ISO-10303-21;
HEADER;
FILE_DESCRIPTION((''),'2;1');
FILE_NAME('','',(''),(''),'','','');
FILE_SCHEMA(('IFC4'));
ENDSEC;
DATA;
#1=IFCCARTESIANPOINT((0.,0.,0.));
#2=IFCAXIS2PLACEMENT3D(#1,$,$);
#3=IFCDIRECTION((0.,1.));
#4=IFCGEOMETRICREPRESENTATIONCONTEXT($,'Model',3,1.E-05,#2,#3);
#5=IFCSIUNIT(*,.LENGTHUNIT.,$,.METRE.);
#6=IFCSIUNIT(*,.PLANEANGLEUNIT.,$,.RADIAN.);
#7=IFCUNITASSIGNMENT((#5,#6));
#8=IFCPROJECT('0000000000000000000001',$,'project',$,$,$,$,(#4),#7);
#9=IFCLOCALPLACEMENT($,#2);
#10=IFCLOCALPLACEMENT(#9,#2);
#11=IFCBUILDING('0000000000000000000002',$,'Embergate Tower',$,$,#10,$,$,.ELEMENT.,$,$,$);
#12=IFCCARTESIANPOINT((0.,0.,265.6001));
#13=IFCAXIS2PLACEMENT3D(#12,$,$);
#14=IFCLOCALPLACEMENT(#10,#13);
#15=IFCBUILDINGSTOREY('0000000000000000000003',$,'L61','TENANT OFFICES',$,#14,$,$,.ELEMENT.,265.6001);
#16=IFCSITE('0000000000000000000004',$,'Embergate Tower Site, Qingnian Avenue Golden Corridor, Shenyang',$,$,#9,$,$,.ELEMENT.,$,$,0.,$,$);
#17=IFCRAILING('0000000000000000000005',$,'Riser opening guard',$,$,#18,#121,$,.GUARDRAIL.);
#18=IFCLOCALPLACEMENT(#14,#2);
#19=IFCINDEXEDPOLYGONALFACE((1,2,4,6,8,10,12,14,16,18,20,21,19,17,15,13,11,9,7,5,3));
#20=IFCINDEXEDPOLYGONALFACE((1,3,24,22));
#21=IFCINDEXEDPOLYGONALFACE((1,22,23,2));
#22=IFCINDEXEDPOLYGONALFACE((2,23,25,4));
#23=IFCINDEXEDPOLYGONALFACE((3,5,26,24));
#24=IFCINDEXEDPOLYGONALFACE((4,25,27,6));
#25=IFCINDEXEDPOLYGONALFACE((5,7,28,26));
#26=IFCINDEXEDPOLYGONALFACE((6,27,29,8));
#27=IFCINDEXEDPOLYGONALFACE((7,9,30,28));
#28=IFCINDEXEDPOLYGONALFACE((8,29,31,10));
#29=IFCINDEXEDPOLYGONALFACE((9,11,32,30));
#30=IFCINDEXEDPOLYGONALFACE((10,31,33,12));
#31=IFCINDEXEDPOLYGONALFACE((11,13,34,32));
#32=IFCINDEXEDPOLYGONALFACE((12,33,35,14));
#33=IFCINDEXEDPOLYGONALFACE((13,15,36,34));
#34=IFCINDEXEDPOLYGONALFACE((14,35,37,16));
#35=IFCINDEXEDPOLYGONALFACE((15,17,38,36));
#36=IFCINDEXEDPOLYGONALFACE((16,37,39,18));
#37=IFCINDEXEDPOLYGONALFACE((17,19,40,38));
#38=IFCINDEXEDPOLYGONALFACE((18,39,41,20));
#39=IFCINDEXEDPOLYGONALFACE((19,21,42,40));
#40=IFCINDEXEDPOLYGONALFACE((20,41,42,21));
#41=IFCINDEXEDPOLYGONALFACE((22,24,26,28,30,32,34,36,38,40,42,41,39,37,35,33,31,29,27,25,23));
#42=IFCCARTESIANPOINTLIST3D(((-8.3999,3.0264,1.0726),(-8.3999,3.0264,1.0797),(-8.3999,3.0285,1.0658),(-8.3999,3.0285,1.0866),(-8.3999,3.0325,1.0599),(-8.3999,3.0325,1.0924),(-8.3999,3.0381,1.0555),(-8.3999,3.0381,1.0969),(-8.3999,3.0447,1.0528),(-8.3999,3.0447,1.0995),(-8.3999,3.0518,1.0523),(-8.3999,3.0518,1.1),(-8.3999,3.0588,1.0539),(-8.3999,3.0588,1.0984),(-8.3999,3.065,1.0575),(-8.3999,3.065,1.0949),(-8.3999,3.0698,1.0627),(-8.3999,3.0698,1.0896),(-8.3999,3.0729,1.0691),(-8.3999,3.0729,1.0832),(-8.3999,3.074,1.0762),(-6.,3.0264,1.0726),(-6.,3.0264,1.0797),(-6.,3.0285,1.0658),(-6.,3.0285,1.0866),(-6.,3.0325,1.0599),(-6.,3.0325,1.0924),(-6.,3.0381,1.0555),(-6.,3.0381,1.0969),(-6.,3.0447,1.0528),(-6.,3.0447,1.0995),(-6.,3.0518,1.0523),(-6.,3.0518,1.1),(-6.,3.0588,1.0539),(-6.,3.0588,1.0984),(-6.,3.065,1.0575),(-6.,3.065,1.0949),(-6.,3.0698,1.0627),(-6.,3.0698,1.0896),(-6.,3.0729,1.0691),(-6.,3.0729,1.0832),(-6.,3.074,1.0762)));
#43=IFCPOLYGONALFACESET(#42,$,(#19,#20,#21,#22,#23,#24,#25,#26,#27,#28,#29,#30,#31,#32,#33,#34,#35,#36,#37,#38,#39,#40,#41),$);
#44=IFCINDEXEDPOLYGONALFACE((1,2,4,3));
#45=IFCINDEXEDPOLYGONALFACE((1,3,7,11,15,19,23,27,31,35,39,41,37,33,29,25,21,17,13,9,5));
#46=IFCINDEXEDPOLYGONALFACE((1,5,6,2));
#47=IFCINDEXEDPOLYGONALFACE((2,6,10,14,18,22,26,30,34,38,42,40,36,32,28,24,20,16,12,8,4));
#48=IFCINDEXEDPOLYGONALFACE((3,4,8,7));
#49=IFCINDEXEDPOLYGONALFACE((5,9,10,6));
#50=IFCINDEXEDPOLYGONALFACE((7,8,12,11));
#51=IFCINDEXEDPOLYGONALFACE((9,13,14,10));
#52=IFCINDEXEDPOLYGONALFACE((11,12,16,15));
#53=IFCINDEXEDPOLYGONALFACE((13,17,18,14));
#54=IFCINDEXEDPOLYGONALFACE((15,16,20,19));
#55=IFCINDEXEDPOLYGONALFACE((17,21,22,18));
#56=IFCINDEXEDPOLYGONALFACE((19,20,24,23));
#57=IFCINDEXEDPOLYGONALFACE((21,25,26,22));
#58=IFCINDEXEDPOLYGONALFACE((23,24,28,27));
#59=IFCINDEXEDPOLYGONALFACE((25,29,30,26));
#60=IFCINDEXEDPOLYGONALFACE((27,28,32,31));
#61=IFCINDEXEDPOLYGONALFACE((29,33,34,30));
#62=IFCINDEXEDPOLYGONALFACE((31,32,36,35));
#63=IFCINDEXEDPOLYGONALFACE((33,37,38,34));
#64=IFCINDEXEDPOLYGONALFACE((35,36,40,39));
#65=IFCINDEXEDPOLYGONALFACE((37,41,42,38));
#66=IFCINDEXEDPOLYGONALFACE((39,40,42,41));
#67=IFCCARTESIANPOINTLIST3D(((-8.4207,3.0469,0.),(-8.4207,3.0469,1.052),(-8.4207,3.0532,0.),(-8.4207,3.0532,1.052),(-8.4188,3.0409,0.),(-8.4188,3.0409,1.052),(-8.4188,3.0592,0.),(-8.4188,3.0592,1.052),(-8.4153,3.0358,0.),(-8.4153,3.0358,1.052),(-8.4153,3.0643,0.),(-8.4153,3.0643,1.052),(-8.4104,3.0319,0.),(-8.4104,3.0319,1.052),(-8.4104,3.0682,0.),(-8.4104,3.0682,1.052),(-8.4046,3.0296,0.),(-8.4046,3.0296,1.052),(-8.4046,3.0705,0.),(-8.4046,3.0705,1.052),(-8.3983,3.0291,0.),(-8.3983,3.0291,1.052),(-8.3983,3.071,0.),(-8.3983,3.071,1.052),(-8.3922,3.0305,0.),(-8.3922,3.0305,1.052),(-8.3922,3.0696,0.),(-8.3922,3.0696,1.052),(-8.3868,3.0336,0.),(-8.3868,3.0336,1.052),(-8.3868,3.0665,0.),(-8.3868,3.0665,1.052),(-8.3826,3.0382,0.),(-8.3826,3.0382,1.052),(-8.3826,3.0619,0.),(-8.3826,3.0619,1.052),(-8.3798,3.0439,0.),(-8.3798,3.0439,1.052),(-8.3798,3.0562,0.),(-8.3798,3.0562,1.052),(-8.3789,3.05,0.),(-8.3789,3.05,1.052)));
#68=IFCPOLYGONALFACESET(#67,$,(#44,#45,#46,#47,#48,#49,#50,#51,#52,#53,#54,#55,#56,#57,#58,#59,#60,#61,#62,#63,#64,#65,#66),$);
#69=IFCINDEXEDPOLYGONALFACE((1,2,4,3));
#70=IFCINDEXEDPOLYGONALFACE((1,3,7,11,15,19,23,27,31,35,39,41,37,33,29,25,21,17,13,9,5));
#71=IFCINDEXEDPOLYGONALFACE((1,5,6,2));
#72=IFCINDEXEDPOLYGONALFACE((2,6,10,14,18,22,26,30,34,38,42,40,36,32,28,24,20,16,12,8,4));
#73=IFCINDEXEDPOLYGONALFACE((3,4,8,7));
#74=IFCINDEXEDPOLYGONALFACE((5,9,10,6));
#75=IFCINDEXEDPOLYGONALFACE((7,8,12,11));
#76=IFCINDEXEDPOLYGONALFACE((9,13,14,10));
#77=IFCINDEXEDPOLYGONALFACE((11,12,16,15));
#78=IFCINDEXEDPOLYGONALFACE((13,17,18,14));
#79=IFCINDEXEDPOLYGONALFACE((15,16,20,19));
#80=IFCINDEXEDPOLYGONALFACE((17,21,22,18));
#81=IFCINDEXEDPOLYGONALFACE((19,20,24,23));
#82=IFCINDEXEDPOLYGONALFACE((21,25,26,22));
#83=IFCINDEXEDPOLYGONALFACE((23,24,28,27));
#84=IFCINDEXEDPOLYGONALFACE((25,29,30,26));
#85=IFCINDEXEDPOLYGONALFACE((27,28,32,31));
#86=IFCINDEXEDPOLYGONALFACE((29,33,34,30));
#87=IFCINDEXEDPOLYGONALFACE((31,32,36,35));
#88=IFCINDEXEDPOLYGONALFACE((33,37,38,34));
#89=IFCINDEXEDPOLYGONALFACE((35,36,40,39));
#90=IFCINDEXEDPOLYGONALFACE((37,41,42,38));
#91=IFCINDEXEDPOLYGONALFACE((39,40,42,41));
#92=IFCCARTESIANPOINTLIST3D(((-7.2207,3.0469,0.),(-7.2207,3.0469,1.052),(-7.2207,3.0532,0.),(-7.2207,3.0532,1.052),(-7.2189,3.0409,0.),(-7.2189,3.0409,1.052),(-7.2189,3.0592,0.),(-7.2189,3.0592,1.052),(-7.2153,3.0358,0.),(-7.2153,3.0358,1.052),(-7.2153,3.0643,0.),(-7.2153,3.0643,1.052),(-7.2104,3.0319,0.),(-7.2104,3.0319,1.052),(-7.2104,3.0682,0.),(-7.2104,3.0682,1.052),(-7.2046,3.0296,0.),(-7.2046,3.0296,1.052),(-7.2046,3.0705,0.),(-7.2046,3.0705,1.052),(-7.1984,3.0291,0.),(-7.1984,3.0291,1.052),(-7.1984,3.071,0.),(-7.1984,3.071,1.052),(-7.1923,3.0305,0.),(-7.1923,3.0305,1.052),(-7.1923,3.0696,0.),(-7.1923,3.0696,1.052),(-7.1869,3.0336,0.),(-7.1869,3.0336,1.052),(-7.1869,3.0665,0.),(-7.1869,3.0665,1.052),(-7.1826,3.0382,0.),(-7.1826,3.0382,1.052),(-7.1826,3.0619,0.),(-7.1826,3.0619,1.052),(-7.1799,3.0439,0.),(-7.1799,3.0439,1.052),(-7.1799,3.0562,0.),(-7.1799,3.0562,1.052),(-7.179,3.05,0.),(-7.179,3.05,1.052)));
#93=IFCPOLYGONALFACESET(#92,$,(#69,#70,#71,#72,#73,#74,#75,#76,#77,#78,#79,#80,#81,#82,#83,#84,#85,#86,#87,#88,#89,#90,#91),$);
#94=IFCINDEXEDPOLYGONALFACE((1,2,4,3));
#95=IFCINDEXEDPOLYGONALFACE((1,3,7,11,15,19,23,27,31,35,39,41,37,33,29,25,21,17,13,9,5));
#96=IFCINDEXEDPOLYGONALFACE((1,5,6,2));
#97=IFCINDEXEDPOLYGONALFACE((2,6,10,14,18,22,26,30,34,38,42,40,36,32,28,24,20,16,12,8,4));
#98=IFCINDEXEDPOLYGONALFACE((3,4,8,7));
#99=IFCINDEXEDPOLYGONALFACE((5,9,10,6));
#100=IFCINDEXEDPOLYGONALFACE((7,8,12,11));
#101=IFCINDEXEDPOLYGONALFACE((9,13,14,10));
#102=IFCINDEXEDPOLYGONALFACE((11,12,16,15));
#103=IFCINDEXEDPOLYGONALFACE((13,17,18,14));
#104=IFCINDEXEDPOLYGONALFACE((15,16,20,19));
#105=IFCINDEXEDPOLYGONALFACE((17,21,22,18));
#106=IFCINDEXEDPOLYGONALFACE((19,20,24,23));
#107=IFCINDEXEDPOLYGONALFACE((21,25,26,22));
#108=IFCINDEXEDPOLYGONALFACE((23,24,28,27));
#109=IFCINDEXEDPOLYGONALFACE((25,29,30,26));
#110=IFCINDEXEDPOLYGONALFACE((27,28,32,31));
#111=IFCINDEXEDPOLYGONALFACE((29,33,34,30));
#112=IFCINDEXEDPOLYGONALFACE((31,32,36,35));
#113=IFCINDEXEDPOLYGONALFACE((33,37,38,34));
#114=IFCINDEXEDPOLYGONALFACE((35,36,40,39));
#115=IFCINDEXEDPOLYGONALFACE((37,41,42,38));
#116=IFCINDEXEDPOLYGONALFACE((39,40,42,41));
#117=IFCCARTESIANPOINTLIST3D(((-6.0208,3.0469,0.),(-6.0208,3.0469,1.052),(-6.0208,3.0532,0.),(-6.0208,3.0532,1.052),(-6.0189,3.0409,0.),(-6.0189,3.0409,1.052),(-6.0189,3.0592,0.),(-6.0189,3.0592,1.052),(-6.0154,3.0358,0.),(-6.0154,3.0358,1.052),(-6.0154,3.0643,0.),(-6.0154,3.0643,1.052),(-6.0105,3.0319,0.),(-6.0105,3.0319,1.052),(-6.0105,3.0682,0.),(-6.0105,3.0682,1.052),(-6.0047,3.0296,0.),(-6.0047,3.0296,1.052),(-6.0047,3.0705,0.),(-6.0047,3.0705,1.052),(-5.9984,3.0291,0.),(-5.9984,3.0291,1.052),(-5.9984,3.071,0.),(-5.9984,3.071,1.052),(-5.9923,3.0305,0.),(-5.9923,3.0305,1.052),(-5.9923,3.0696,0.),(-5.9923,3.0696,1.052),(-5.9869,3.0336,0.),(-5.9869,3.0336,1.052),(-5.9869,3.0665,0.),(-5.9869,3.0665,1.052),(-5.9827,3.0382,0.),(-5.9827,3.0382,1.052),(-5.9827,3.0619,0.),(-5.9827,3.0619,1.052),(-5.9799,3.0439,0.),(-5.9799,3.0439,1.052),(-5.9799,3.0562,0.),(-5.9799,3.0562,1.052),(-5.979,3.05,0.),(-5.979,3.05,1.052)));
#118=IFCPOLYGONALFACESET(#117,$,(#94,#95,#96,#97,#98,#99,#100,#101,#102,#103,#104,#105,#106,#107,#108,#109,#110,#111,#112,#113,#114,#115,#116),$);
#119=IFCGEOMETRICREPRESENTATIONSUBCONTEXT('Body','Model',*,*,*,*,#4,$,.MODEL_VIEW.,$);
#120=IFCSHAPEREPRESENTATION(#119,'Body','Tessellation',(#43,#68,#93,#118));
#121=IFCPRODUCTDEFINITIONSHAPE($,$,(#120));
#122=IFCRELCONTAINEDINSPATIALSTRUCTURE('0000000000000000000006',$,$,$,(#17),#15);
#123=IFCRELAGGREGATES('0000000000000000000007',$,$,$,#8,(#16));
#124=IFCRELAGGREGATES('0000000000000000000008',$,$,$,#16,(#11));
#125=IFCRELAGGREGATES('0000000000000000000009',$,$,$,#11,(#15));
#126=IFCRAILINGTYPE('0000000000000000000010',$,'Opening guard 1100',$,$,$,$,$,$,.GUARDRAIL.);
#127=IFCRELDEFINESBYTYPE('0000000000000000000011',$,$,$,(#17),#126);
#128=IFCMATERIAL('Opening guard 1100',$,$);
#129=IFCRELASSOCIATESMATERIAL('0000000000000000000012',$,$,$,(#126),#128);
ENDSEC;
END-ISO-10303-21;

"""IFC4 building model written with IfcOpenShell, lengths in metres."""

from ifc_helpers import new_model, si_unit, direction, frame, origin, origin_2d, place, context, subcontext, project, spatial, circle, extrude, source, transform, mapped, material, type_object, element, save


model = new_model("IFC4")

# Units and contexts
model_context = context("Model", 3, precision=1e-05, world=origin(), true_north=direction((0.0, 1.0)))
body_context = subcontext(model_context, "Body", "Model", "MODEL_VIEW")
ifc_project = project(units=[si_unit("LENGTHUNIT", "METRE"), si_unit("PLANEANGLEUNIT", "RADIAN")], contexts=[model_context])

# Site, building, storey
site_placement = place(None, origin())
site = spatial("IfcSite", under=ifc_project, at=site_placement, Name="Embergate Tower Site, Qingnian Avenue Golden Corridor, Shenyang", CompositionType="ELEMENT", RefElevation=0.0)
building_placement = place(site_placement, origin())
building = spatial("IfcBuilding", under=site, at=building_placement, Name="Embergate Tower", CompositionType="ELEMENT")
storey_placement = place(building_placement, frame((0.0, 0.0, 265.6001)))
storey = spatial("IfcBuildingStorey", under=building, at=storey_placement, Name="L61", Description="TENANT OFFICES", CompositionType="ELEMENT", Elevation=265.6001)

# Railing
ifc_material_1 = material(Name="Opening guard 1100")
railing_type = type_object("IfcRailingType", Name="Opening guard 1100", PredefinedType="GUARDRAIL", material=ifc_material_1)
shared_shape_1 = source(origin(), body_context, "Body", "SweptSolid", [
    extrude(circle(Radius=0.0239, at=origin_2d()), frame((0.0, 0.0, 1.0762), z_axis=(1.0, 0.0, 0.0), x_axis=(0.0, 1.0, 0.0)), (0.0, 0.0, 1.0), 2.3999),
    extrude(circle(Radius=0.021, at=origin_2d()), origin(), (0.0, 0.0, 1.0), 1.052),
    extrude(circle(Radius=0.021, at=origin_2d()), frame((1.2, 0.0, 0.0)), (0.0, 0.0, 1.0), 1.052),
    extrude(circle(Radius=0.021, at=origin_2d()), frame((2.3999, 0.0, 0.0)), (0.0, 0.0, 1.0), 1.052),
])
railing_1_placement = place(storey_placement, frame((-8.3999, 3.05, 0.0)))
element("IfcRailing", 1, at=railing_1_placement, inside=storey, type_object=railing_type, Name="Riser opening guard", PredefinedType="GUARDRAIL", context=body_context, shape_type="MappedRepresentation", body=[
    mapped(shared_shape_1, transform((0.0, 0.0, 0.0))),
])

save(model, "model.ifc")
